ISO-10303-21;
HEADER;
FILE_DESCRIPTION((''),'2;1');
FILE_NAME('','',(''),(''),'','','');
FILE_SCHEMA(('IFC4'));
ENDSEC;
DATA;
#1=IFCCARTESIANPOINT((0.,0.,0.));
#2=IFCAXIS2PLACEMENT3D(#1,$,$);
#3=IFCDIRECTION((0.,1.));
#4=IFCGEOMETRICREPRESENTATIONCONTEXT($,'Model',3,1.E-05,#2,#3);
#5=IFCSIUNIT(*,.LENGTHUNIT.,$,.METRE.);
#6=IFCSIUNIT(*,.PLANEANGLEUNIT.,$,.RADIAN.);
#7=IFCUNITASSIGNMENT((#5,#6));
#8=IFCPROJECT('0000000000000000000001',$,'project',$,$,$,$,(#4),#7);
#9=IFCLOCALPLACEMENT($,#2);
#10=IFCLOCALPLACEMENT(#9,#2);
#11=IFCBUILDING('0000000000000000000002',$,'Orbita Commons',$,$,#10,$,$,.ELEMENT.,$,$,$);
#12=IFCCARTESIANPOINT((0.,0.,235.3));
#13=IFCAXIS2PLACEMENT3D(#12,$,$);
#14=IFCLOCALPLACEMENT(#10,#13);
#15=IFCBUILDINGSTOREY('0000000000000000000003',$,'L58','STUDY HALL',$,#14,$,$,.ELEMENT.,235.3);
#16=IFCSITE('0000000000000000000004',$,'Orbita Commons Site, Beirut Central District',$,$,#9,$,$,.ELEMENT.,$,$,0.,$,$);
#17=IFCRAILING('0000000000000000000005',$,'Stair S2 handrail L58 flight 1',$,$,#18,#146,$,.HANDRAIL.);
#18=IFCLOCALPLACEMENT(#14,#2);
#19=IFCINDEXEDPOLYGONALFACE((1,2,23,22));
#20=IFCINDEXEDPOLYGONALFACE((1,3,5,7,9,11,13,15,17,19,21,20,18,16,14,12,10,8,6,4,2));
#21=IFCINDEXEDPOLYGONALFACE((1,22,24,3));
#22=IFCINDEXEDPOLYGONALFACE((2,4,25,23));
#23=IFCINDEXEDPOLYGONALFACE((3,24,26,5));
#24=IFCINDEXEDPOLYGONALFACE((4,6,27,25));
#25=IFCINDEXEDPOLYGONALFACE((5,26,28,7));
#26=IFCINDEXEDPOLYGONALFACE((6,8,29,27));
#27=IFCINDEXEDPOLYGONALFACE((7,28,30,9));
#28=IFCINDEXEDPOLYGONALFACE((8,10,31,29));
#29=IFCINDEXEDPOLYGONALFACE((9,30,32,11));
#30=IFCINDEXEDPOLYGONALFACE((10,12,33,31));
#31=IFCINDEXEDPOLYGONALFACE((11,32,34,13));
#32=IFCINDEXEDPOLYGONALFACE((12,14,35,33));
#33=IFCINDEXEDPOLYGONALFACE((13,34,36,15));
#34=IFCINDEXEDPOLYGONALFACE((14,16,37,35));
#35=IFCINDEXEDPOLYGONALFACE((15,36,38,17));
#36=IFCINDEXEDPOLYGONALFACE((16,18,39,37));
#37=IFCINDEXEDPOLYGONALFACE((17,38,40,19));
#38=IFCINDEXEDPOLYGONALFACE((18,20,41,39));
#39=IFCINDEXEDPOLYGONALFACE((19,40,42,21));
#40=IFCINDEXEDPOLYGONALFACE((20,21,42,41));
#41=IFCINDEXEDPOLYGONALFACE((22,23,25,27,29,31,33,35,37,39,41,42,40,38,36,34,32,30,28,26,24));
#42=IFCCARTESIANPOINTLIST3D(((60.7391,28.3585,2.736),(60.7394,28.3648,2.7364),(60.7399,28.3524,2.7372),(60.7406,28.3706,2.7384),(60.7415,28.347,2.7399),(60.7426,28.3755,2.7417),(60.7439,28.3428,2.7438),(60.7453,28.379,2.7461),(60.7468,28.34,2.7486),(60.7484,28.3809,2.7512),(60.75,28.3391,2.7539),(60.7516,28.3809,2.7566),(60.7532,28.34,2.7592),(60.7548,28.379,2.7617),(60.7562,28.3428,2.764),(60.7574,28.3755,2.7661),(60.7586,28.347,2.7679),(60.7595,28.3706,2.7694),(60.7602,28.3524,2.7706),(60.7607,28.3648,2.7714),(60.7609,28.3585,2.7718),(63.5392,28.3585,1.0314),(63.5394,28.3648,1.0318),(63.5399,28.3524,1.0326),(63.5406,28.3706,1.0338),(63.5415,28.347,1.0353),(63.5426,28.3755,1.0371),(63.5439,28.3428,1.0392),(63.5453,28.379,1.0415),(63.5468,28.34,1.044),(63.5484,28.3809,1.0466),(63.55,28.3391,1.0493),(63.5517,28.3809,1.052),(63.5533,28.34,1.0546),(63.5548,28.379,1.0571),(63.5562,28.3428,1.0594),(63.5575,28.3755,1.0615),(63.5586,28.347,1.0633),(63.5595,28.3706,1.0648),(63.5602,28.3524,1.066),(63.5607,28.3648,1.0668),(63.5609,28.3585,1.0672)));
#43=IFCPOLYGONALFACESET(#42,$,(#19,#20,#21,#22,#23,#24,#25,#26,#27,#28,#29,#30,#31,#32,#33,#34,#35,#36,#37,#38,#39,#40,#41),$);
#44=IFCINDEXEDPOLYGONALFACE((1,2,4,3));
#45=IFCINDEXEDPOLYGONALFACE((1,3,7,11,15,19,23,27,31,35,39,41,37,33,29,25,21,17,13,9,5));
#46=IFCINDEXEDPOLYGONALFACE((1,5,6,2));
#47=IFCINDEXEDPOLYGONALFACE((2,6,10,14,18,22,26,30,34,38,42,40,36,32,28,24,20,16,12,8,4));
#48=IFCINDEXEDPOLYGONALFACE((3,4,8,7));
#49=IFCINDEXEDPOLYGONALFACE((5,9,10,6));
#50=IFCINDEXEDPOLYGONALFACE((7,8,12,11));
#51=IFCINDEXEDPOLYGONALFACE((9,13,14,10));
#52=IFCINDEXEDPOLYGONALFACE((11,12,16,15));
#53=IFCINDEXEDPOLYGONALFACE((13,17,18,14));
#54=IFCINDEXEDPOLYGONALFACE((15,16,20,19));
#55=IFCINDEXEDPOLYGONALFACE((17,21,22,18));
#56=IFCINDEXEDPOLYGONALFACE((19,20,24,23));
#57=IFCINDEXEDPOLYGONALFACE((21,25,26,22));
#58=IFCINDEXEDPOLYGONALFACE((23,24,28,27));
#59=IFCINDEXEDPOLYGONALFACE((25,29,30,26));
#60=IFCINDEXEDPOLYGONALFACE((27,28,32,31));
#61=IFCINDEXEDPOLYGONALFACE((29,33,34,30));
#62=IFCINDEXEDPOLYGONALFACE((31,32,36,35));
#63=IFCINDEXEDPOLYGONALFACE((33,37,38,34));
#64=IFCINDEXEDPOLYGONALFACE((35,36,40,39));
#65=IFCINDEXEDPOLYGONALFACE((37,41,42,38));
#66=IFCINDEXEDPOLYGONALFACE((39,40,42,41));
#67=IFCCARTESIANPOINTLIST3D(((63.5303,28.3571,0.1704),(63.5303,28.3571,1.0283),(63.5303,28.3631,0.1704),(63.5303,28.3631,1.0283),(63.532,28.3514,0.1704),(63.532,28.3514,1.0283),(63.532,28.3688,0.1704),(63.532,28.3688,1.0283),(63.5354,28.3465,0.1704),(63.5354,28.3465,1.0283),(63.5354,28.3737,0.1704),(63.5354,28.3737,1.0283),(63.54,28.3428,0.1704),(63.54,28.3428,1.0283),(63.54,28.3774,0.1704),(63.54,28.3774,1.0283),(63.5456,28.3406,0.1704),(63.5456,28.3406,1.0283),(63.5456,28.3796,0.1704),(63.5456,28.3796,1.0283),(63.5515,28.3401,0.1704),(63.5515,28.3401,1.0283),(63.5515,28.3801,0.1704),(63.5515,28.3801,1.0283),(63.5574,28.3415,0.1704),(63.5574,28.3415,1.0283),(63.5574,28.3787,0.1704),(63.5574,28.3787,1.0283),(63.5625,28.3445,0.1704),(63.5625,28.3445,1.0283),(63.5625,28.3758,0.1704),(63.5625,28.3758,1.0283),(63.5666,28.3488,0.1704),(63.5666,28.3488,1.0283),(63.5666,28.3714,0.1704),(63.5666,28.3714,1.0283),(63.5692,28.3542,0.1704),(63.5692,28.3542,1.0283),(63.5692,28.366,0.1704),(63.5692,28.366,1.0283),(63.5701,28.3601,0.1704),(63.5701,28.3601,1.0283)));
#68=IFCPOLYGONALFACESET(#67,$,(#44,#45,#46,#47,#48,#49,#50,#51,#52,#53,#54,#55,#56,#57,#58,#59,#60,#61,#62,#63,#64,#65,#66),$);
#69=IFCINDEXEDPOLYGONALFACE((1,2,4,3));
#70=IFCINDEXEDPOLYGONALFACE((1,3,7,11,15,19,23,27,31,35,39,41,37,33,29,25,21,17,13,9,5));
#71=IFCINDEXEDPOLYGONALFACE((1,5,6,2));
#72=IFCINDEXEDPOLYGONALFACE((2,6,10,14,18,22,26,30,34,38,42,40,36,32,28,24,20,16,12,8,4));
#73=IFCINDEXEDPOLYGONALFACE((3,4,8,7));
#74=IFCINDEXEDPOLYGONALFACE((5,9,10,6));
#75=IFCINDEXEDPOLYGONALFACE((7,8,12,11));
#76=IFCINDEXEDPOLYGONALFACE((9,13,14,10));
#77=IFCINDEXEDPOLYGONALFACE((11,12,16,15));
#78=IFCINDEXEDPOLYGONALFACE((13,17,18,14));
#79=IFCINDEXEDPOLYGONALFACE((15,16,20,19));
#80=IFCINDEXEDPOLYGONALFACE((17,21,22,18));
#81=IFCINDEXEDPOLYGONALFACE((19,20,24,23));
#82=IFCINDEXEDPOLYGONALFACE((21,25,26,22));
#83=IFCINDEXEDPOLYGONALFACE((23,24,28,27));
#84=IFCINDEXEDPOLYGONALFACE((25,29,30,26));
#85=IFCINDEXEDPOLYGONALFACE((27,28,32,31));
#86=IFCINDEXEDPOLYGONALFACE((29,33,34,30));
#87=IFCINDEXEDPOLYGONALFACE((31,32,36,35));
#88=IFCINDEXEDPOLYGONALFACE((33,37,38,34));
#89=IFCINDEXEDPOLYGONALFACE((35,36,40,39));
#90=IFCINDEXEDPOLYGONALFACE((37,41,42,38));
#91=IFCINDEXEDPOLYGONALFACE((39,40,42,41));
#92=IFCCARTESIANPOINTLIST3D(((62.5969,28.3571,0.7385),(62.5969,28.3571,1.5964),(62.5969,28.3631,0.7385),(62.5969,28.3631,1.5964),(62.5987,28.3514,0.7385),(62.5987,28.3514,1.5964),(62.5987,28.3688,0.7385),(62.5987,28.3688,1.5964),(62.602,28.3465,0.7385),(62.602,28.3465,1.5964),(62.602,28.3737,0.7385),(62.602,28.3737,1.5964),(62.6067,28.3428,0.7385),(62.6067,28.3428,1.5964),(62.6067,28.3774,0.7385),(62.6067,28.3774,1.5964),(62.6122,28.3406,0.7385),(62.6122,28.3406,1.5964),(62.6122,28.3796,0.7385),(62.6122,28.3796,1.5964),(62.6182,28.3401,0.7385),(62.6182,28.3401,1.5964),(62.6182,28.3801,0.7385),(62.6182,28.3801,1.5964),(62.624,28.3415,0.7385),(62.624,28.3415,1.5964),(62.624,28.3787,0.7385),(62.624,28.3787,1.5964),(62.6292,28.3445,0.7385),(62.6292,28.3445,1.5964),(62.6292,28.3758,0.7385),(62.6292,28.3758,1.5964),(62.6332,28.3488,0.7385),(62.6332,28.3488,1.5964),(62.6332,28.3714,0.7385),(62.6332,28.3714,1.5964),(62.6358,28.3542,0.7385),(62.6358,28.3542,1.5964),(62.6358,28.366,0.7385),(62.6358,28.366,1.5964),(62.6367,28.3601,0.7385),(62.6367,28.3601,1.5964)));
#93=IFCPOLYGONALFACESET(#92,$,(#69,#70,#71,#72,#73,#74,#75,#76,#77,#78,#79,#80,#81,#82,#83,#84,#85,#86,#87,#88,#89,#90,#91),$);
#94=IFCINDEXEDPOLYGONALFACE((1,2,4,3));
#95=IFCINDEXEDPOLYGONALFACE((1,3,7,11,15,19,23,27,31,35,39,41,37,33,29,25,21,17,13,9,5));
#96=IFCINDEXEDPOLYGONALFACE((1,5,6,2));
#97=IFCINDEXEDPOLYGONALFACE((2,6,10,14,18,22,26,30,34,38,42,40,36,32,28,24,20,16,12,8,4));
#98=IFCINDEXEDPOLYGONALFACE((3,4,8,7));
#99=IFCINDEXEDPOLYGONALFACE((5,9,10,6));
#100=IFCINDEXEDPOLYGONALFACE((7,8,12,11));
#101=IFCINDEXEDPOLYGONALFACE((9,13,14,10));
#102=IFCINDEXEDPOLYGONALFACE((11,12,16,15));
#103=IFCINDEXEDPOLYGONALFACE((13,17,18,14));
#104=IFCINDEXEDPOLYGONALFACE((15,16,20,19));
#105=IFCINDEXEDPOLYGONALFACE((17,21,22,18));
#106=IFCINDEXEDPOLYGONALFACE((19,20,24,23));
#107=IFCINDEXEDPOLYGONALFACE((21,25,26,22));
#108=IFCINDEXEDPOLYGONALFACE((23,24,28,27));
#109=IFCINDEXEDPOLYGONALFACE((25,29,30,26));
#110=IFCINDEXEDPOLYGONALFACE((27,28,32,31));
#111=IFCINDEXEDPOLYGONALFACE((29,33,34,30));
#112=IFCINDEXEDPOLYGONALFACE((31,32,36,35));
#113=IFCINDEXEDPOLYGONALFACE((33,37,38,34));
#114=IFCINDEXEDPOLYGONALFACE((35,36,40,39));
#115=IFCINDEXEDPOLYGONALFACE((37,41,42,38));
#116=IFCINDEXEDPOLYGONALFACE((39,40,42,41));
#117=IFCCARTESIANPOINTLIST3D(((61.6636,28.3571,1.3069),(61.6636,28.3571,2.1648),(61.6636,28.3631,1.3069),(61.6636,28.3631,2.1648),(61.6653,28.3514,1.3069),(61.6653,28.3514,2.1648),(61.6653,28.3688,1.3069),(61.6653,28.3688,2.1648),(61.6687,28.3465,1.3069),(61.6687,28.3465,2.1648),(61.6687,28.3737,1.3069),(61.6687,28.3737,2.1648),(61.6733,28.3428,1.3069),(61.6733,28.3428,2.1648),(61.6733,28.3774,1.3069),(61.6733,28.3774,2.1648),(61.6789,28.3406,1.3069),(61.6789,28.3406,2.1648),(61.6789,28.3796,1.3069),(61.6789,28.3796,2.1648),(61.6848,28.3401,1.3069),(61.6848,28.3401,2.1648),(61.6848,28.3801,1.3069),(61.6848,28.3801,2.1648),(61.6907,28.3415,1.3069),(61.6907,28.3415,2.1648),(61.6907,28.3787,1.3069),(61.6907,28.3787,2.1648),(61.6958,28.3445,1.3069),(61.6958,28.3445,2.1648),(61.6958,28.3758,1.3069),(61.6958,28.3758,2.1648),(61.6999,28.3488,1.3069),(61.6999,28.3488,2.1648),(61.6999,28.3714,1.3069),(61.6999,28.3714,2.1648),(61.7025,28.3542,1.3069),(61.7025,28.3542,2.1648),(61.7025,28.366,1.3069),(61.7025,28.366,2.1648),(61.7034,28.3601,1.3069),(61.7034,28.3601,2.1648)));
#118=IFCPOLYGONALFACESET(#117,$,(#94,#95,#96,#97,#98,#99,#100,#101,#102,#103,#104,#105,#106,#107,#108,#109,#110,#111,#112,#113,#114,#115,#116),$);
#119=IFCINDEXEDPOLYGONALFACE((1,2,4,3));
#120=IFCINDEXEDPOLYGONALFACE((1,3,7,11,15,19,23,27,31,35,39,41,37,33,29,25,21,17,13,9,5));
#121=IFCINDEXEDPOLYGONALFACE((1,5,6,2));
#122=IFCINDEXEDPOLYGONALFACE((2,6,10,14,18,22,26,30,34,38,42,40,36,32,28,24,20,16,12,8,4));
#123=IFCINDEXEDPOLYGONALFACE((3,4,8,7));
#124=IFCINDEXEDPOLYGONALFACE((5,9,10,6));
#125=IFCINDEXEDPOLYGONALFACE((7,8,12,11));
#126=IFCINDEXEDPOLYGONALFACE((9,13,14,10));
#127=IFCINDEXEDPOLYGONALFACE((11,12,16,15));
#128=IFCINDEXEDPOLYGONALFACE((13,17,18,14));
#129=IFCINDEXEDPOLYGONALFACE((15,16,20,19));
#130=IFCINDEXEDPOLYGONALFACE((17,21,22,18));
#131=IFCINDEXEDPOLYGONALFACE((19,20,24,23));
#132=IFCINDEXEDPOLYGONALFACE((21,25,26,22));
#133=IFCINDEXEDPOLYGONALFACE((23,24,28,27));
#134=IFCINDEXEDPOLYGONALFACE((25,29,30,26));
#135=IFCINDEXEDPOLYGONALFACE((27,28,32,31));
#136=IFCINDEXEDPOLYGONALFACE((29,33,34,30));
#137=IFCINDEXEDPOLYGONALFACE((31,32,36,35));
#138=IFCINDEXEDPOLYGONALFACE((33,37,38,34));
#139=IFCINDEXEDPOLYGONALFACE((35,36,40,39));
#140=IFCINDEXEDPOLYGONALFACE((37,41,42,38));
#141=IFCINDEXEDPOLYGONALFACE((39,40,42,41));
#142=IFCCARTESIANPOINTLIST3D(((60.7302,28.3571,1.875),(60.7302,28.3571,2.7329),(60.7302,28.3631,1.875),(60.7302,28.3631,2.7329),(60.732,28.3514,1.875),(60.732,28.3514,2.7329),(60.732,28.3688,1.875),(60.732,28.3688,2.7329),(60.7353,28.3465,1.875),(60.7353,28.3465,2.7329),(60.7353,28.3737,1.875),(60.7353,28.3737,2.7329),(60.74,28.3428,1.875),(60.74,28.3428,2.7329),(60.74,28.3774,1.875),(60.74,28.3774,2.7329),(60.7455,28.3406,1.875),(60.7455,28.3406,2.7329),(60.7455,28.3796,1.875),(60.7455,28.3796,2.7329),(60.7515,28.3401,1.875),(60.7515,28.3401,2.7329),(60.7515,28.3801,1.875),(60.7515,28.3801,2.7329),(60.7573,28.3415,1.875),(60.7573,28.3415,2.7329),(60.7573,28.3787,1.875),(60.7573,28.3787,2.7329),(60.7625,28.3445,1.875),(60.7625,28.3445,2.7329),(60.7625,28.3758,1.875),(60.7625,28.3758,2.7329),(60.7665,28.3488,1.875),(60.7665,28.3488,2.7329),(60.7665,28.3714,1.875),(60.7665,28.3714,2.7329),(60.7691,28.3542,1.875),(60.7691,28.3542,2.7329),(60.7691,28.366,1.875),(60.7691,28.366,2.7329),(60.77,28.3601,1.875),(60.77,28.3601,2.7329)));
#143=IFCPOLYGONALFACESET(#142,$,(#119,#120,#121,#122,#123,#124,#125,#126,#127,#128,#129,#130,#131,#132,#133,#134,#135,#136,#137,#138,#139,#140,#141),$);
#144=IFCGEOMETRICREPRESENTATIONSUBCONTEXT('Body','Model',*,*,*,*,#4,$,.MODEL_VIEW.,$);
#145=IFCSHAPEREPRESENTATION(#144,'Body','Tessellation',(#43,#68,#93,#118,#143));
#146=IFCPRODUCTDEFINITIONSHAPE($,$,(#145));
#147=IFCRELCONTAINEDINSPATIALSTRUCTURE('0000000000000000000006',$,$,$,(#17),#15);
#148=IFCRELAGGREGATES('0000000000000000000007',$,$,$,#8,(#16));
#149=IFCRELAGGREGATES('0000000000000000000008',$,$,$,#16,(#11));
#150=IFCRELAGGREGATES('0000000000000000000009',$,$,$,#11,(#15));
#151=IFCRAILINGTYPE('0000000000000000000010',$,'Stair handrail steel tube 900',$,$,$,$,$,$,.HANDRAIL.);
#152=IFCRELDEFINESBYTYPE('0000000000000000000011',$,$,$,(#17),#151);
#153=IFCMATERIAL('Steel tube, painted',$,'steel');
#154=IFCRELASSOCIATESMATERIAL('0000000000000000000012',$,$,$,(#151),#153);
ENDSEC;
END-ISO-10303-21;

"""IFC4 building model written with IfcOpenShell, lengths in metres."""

from ifc_helpers import new_model, si_unit, direction, frame, origin, origin_2d, place, context, subcontext, project, spatial, circle, extrude, material, type_object, element, save


model = new_model("IFC4")

# Units and contexts
model_context = context("Model", 3, precision=1e-05, world=origin(), true_north=direction((0.0, 1.0)))
body_context = subcontext(model_context, "Body", "Model", "MODEL_VIEW")
ifc_project = project(units=[si_unit("LENGTHUNIT", "METRE"), si_unit("PLANEANGLEUNIT", "RADIAN")], contexts=[model_context])

# Site, building, storey
site_placement = place(None, origin())
site = spatial("IfcSite", under=ifc_project, at=site_placement, Name="Orbita Commons Site, Beirut Central District", CompositionType="ELEMENT", RefElevation=0.0)
building_placement = place(site_placement, origin())
building = spatial("IfcBuilding", under=site, at=building_placement, Name="Orbita Commons", CompositionType="ELEMENT")
storey_placement = place(building_placement, frame((0.0, 0.0, 235.3)))
storey = spatial("IfcBuildingStorey", under=building, at=storey_placement, Name="L58", Description="STUDY HALL", CompositionType="ELEMENT", Elevation=235.3)

# Railing
ifc_material_1 = material(Name="Steel tube, painted", Category="steel")
railing_type = type_object("IfcRailingType", Name="Stair handrail steel tube 900", PredefinedType="HANDRAIL", material=ifc_material_1)
railing_placement = place(storey_placement, frame((63.55, 28.3601, 0.1704)))
element("IfcRailing", 1, at=railing_placement, inside=storey, type_object=railing_type, Name="Stair S2 handrail L58 flight 1", PredefinedType="HANDRAIL", context=body_context, shape_type="SweptSolid", body=[
    extrude(circle(Radius=0.021, at=origin_2d()), frame((0.0, 0.0, 0.8789), z_axis=(-0.85417, 0.0, 0.519994), x_axis=(0.0, -1.0, 0.0)), (0.0, 0.0, 1.0), 3.2781),
    extrude(circle(Radius=0.02, at=origin_2d()), origin(), (0.0, 0.0, 1.0), 0.8579),
    extrude(circle(Radius=0.02, at=origin_2d()), frame((-0.9333, 0.0, 0.5681)), (0.0, 0.0, 1.0), 0.8579),
    extrude(circle(Radius=0.02, at=origin_2d()), frame((-1.8667, 0.0, 1.1365)), (0.0, 0.0, 1.0), 0.8579),
    extrude(circle(Radius=0.02, at=origin_2d()), frame((-2.8, 0.0, 1.7046)), (0.0, 0.0, 1.0), 0.8579),
])

save(model, "model.ifc")
